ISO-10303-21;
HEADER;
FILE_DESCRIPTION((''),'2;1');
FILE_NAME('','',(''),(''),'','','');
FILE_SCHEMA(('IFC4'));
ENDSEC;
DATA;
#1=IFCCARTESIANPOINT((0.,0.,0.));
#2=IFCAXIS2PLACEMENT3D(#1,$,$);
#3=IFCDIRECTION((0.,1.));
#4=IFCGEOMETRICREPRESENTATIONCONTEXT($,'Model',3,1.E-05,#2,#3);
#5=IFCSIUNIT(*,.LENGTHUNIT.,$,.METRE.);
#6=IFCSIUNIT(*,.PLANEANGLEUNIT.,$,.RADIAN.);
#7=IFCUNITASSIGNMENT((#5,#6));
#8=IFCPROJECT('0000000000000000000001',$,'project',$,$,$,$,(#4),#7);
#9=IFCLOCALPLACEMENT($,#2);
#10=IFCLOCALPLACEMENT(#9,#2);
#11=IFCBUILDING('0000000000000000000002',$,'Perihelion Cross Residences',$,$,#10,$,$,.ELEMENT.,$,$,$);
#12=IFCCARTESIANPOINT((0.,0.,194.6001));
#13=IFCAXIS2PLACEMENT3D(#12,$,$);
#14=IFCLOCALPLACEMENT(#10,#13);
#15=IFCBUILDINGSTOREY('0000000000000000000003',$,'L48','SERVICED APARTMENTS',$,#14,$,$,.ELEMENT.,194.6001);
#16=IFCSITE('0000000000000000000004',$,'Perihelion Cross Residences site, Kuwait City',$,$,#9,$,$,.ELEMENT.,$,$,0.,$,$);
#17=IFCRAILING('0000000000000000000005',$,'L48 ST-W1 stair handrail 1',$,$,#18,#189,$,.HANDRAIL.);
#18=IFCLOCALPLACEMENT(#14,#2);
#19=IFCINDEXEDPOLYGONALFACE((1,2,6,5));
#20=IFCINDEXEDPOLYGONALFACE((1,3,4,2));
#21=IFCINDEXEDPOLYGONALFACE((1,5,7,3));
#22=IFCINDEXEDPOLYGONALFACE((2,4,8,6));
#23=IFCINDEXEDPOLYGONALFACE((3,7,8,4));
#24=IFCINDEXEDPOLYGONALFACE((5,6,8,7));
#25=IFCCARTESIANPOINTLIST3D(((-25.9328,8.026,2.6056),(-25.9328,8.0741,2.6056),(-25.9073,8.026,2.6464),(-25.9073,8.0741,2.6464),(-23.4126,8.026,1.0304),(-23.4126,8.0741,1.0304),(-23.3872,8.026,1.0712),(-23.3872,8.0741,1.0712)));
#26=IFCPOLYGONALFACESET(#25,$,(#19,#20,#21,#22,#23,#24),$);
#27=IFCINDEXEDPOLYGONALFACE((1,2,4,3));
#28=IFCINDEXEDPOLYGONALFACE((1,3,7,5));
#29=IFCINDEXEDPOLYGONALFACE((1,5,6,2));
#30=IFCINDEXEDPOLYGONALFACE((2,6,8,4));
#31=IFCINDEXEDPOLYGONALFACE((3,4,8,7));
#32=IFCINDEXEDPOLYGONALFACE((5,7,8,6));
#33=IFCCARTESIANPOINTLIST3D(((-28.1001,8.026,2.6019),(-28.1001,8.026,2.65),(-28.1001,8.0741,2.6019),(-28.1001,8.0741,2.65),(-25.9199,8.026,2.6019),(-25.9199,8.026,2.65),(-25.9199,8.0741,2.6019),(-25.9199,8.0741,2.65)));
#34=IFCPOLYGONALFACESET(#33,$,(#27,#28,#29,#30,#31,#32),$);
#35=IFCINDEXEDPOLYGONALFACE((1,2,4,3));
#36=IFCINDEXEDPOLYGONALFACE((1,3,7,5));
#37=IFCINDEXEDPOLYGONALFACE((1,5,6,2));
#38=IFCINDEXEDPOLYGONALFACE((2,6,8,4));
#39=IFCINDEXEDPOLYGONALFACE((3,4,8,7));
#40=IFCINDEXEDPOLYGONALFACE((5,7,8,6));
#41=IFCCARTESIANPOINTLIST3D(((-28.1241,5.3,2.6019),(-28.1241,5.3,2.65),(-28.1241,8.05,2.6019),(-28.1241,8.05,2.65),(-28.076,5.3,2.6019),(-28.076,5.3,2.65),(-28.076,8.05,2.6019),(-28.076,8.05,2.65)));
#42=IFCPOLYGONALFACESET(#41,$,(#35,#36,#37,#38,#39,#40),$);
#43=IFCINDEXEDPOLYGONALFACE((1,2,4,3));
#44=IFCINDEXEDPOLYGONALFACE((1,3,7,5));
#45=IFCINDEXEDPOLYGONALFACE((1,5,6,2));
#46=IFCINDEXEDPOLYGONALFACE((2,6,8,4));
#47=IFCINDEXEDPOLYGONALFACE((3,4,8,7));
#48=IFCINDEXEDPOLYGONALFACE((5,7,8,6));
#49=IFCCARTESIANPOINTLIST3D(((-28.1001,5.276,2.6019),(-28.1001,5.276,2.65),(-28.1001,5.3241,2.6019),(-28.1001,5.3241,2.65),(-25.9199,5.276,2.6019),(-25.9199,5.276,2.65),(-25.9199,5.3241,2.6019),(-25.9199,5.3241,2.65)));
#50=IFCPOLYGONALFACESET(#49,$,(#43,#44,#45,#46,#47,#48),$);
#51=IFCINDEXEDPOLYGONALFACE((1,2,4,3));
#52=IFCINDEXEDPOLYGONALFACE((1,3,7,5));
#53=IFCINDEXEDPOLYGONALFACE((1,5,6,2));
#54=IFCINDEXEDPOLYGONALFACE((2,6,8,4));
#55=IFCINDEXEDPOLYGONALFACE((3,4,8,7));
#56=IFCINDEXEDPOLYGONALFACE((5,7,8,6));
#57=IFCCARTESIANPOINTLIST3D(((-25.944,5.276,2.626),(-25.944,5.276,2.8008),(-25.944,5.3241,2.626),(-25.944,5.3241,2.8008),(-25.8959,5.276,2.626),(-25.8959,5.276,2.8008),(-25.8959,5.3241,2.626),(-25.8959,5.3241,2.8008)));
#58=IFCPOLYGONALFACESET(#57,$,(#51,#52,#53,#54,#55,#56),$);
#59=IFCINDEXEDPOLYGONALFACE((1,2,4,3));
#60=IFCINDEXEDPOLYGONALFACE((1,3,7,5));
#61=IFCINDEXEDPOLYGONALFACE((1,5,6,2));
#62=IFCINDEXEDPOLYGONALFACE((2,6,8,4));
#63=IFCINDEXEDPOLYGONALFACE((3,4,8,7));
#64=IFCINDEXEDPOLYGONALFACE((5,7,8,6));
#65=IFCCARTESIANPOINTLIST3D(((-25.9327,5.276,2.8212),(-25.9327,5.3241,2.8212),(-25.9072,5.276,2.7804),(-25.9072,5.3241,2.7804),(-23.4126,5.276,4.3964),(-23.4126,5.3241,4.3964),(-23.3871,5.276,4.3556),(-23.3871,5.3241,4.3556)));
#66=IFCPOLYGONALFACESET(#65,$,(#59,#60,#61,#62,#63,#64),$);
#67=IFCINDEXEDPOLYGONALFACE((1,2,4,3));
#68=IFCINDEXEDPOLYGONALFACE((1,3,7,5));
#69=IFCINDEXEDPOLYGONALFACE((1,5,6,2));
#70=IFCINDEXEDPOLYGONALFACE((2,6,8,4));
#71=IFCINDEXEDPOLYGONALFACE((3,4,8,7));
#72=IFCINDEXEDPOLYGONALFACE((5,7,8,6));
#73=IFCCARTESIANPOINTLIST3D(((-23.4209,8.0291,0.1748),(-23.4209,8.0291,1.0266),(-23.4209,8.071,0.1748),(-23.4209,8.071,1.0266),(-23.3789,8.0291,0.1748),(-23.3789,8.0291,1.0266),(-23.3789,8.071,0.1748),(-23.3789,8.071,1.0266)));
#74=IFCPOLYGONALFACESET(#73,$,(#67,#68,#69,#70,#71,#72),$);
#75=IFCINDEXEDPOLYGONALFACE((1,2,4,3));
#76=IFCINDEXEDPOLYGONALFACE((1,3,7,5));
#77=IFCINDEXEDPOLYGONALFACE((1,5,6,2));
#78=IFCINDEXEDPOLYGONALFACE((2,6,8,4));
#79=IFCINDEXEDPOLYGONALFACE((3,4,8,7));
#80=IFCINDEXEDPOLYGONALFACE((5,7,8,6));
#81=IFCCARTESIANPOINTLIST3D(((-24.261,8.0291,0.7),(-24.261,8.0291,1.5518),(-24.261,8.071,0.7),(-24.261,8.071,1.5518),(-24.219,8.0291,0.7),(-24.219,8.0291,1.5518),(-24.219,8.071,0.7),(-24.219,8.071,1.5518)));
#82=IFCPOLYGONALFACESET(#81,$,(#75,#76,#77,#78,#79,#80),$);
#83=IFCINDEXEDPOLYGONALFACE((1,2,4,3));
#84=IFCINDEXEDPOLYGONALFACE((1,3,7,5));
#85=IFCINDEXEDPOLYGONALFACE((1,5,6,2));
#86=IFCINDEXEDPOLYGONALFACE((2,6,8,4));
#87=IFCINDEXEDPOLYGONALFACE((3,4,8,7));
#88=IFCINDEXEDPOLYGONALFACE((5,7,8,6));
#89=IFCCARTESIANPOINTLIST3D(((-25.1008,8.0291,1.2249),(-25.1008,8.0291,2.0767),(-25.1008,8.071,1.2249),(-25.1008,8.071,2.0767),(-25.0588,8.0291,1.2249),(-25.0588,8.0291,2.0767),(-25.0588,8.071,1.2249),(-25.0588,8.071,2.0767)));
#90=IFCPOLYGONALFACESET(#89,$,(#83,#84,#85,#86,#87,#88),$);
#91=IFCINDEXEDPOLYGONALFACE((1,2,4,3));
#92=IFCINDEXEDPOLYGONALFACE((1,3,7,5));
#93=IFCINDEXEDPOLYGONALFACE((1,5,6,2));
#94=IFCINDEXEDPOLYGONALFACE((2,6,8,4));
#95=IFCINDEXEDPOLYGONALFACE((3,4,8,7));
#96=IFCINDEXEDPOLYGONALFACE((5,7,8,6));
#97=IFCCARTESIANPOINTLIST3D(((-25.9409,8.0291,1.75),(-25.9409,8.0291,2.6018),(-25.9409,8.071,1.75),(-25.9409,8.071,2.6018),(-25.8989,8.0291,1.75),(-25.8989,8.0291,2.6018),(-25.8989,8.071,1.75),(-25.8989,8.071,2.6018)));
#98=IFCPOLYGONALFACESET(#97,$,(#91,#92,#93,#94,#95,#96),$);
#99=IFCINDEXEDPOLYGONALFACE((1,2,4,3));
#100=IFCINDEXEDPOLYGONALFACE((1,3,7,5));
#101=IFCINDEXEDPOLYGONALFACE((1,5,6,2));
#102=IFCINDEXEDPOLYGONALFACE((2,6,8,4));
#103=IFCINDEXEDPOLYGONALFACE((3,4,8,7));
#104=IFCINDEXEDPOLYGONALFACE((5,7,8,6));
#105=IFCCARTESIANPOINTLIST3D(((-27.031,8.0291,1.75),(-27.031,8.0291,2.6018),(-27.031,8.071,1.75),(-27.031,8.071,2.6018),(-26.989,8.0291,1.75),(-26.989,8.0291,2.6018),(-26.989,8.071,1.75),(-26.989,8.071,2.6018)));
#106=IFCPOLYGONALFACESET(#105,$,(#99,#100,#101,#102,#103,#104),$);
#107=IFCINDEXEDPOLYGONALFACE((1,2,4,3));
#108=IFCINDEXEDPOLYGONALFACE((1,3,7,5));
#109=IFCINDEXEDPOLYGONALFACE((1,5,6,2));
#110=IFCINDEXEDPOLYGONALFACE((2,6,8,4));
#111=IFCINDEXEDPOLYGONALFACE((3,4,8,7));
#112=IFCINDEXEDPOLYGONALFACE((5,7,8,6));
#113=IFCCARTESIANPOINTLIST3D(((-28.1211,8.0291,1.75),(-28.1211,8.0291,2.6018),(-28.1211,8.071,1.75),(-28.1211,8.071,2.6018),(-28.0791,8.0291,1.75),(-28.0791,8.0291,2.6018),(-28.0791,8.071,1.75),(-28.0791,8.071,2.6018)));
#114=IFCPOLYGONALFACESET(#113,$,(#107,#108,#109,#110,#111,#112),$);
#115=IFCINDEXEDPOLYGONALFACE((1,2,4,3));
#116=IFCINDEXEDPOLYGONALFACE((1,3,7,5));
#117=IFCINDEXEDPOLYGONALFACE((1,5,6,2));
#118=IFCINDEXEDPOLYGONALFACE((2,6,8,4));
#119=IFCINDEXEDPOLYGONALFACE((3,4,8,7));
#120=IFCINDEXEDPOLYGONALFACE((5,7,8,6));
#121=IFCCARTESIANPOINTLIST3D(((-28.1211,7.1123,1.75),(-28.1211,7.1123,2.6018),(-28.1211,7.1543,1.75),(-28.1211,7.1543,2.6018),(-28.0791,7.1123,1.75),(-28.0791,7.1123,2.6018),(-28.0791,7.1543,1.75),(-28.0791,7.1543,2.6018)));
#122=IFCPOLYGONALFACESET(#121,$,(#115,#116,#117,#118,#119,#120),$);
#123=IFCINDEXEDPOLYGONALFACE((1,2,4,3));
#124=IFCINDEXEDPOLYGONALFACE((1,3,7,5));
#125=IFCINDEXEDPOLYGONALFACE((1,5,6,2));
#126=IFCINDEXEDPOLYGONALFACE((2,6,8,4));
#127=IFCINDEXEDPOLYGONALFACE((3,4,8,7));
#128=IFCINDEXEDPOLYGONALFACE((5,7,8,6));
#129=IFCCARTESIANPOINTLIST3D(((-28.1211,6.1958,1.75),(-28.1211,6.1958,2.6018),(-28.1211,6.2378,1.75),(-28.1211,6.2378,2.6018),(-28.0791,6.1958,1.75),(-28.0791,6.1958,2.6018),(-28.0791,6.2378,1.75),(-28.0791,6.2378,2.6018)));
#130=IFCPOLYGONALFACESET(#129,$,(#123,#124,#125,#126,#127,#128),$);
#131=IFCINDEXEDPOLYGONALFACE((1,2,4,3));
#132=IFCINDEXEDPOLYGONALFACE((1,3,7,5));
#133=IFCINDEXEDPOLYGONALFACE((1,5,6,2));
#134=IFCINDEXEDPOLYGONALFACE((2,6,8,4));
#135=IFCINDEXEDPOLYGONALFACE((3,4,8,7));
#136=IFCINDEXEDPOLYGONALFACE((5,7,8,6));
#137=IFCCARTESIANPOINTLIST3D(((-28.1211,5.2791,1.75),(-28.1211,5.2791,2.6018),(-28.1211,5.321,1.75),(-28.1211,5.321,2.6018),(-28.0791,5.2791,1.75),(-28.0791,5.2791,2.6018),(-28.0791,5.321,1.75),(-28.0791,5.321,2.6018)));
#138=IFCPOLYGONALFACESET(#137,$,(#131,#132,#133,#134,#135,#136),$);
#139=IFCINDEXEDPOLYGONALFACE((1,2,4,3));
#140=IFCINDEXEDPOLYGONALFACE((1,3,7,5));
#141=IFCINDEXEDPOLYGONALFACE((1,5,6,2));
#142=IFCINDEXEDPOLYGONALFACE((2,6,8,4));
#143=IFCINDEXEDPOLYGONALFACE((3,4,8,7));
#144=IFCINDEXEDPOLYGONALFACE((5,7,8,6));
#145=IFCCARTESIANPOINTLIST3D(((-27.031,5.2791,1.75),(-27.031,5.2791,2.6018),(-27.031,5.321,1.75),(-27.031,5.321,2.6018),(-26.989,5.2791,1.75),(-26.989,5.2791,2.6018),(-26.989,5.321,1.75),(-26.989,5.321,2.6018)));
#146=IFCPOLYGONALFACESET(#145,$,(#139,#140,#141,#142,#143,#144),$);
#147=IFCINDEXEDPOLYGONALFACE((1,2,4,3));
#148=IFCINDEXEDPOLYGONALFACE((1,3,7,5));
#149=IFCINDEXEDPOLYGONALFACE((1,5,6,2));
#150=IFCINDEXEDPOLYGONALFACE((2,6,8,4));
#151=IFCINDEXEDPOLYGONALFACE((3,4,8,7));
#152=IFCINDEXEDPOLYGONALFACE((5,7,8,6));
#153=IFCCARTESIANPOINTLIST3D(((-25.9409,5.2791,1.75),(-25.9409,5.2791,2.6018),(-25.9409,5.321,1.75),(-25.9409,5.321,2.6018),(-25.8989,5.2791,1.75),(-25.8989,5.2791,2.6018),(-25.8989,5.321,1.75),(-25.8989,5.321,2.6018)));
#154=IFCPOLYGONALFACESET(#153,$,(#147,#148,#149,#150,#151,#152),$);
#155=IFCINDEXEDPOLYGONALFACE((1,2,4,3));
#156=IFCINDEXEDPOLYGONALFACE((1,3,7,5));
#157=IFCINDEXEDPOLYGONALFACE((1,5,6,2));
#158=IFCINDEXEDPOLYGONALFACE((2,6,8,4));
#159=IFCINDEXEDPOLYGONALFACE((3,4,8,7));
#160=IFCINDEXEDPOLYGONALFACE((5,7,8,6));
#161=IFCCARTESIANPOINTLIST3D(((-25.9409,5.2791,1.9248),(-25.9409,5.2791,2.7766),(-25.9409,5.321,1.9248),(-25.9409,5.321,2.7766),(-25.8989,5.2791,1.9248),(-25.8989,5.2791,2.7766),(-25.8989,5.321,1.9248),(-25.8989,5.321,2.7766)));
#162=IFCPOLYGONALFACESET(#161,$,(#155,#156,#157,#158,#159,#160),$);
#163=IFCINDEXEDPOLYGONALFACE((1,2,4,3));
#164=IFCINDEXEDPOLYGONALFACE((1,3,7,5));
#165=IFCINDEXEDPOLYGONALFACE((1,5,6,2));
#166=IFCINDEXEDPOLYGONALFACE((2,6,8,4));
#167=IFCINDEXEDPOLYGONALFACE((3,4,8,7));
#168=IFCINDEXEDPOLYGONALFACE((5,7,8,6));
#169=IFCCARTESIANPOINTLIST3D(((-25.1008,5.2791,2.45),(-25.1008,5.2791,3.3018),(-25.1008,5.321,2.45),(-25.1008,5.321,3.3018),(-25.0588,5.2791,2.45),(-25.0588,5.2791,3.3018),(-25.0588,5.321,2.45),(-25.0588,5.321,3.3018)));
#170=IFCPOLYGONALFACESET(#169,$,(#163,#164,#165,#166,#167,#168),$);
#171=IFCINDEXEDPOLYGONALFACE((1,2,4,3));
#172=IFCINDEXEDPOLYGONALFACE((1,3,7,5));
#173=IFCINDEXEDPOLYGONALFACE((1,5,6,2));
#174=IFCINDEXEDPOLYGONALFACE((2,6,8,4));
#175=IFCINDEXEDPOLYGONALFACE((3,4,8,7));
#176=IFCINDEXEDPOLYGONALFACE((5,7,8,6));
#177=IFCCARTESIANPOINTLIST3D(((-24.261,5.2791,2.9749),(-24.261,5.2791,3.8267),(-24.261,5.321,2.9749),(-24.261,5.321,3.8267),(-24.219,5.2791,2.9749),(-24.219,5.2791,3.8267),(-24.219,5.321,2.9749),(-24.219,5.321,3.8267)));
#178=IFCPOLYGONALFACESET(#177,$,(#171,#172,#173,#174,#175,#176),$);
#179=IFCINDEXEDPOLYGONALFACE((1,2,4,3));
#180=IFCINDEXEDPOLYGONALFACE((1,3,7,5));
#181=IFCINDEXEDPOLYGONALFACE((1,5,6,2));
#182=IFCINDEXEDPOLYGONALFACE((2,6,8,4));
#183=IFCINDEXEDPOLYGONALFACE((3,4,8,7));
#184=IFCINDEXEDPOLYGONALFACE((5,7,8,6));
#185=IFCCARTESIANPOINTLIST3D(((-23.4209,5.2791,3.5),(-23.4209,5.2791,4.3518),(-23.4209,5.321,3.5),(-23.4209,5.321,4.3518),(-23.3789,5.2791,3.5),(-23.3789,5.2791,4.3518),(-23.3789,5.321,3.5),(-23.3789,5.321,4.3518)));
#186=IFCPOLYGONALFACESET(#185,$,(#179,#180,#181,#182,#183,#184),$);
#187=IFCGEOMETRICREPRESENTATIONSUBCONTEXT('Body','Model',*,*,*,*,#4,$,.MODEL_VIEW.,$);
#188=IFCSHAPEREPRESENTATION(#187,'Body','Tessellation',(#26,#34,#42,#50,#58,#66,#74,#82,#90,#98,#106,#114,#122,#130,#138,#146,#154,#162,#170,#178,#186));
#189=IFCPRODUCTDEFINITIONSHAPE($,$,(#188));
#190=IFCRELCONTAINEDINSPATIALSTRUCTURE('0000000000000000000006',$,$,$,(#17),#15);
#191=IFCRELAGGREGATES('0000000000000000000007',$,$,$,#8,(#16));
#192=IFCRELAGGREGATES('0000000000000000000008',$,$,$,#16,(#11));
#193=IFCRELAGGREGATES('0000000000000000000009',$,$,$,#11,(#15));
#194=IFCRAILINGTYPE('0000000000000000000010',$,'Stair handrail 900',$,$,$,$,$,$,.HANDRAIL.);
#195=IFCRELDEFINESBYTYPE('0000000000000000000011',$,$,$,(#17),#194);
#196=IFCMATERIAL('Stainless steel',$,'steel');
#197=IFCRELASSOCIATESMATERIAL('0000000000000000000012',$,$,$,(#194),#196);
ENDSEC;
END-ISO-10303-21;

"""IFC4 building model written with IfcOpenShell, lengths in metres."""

from ifc_helpers import new_model, si_unit, direction, frame, origin, origin_2d, place, context, subcontext, project, spatial, rectangle, extrude, material, type_object, element, save


model = new_model("IFC4")

# Units and contexts
model_context = context("Model", 3, precision=1e-05, world=origin(), true_north=direction((0.0, 1.0)))
body_context = subcontext(model_context, "Body", "Model", "MODEL_VIEW")
ifc_project = project(units=[si_unit("LENGTHUNIT", "METRE"), si_unit("PLANEANGLEUNIT", "RADIAN")], contexts=[model_context])

# Site, building, storey
site_placement = place(None, origin())
site = spatial("IfcSite", under=ifc_project, at=site_placement, Name="Perihelion Cross Residences site, Kuwait City", CompositionType="ELEMENT", RefElevation=0.0)
building_placement = place(site_placement, origin())
building = spatial("IfcBuilding", under=site, at=building_placement, Name="Perihelion Cross Residences", CompositionType="ELEMENT")
storey_placement = place(building_placement, frame((0.0, 0.0, 194.6001)))
storey = spatial("IfcBuildingStorey", under=building, at=storey_placement, Name="L48", Description="SERVICED APARTMENTS", CompositionType="ELEMENT", Elevation=194.6001)

# Railing
ifc_material_1 = material(Name="Stainless steel", Category="steel")
railing_type_1 = type_object("IfcRailingType", Name="Stair handrail 900", PredefinedType="HANDRAIL", material=ifc_material_1)
railing_1_placement = place(storey_placement, frame((-23.3999, 8.05, 0.1748)))
element("IfcRailing", 1, at=railing_1_placement, inside=storey, type_object=railing_type_1, Name="L48 ST-W1 stair handrail 1", PredefinedType="HANDRAIL", context=body_context, shape_type="SweptSolid", body=[
    extrude(rectangle(XDim=0.0481, YDim=0.0481, at=origin_2d()), frame((0.0, 0.0, 0.876), z_axis=(-0.847971, 0.0, 0.530043), x_axis=(0.0, -1.0, 0.0)), (0.0, 0.0, 1.0), 2.9719),
    extrude(rectangle(XDim=0.0481, YDim=0.0481, at=origin_2d()), frame((-2.52, 0.0, 2.4512), z_axis=(-1.0, 0.0, 0.0), x_axis=(0.0, -1.0, 0.0)), (0.0, 0.0, 1.0), 2.1802),
    extrude(rectangle(XDim=0.0481, YDim=0.0481, at=origin_2d()), frame((-4.7002, 0.0, 2.4512), z_axis=(0.0, -1.0, 0.0), x_axis=(1.0, 0.0, 0.0)), (0.0, 0.0, 1.0), 2.75),
    extrude(rectangle(XDim=0.0481, YDim=0.0481, at=origin_2d()), frame((-4.7002, -2.75, 2.4512), z_axis=(1.0, 0.0, 0.0), x_axis=(0.0, 1.0, 0.0)), (0.0, 0.0, 1.0), 2.1802),
    extrude(rectangle(XDim=0.0481, YDim=0.0481, at=origin_2d()), frame((-2.52, -2.75, 2.4512), z_axis=(0.0, 0.0, 1.0), x_axis=(1.0, 0.0, 0.0)), (0.0, 0.0, 1.0), 0.1748),
    extrude(rectangle(XDim=0.0481, YDim=0.0481, at=origin_2d()), frame((-2.52, -2.75, 2.626), z_axis=(0.847971, 0.0, 0.530043), x_axis=(0.0, 1.0, 0.0)), (0.0, 0.0, 1.0), 2.9719),
    extrude(rectangle(XDim=0.042, YDim=0.042, at=origin_2d()), origin(), (0.0, 0.0, 1.0), 0.8518),
    extrude(rectangle(XDim=0.042, YDim=0.042, at=origin_2d()), frame((-0.8401, 0.0, 0.5251)), (0.0, 0.0, 1.0), 0.8518),
    extrude(rectangle(XDim=0.042, YDim=0.042, at=origin_2d()), frame((-1.6799, 0.0, 1.05)), (0.0, 0.0, 1.0), 0.8518),
    extrude(rectangle(XDim=0.042, YDim=0.042, at=origin_2d()), frame((-2.52, 0.0, 1.5752)), (0.0, 0.0, 1.0), 0.8518),
    extrude(rectangle(XDim=0.042, YDim=0.042, at=origin_2d()), frame((-3.6101, 0.0, 1.5752)), (0.0, 0.0, 1.0), 0.8518),
    extrude(rectangle(XDim=0.042, YDim=0.042, at=origin_2d()), frame((-4.7002, 0.0, 1.5752)), (0.0, 0.0, 1.0), 0.8518),
    extrude(rectangle(XDim=0.042, YDim=0.042, at=origin_2d()), frame((-4.7002, -0.9167, 1.5752)), (0.0, 0.0, 1.0), 0.8518),
    extrude(rectangle(XDim=0.042, YDim=0.042, at=origin_2d()), frame((-4.7002, -1.8333, 1.5752)), (0.0, 0.0, 1.0), 0.8518),
    extrude(rectangle(XDim=0.042, YDim=0.042, at=origin_2d()), frame((-4.7002, -2.75, 1.5752)), (0.0, 0.0, 1.0), 0.8518),
    extrude(rectangle(XDim=0.042, YDim=0.042, at=origin_2d()), frame((-3.6101, -2.75, 1.5752)), (0.0, 0.0, 1.0), 0.8518),
    extrude(rectangle(XDim=0.042, YDim=0.042, at=origin_2d()), frame((-2.52, -2.75, 1.5752)), (0.0, 0.0, 1.0), 0.8518),
    extrude(rectangle(XDim=0.042, YDim=0.042, at=origin_2d()), frame((-2.52, -2.75, 1.75)), (0.0, 0.0, 1.0), 0.8518),
    extrude(rectangle(XDim=0.042, YDim=0.042, at=origin_2d()), frame((-1.6799, -2.75, 2.2751)), (0.0, 0.0, 1.0), 0.8518),
    extrude(rectangle(XDim=0.042, YDim=0.042, at=origin_2d()), frame((-0.8401, -2.75, 2.8)), (0.0, 0.0, 1.0), 0.8518),
    extrude(rectangle(XDim=0.042, YDim=0.042, at=origin_2d()), frame((0.0, -2.75, 3.3252)), (0.0, 0.0, 1.0), 0.8518),
])

save(model, "model.ifc")
